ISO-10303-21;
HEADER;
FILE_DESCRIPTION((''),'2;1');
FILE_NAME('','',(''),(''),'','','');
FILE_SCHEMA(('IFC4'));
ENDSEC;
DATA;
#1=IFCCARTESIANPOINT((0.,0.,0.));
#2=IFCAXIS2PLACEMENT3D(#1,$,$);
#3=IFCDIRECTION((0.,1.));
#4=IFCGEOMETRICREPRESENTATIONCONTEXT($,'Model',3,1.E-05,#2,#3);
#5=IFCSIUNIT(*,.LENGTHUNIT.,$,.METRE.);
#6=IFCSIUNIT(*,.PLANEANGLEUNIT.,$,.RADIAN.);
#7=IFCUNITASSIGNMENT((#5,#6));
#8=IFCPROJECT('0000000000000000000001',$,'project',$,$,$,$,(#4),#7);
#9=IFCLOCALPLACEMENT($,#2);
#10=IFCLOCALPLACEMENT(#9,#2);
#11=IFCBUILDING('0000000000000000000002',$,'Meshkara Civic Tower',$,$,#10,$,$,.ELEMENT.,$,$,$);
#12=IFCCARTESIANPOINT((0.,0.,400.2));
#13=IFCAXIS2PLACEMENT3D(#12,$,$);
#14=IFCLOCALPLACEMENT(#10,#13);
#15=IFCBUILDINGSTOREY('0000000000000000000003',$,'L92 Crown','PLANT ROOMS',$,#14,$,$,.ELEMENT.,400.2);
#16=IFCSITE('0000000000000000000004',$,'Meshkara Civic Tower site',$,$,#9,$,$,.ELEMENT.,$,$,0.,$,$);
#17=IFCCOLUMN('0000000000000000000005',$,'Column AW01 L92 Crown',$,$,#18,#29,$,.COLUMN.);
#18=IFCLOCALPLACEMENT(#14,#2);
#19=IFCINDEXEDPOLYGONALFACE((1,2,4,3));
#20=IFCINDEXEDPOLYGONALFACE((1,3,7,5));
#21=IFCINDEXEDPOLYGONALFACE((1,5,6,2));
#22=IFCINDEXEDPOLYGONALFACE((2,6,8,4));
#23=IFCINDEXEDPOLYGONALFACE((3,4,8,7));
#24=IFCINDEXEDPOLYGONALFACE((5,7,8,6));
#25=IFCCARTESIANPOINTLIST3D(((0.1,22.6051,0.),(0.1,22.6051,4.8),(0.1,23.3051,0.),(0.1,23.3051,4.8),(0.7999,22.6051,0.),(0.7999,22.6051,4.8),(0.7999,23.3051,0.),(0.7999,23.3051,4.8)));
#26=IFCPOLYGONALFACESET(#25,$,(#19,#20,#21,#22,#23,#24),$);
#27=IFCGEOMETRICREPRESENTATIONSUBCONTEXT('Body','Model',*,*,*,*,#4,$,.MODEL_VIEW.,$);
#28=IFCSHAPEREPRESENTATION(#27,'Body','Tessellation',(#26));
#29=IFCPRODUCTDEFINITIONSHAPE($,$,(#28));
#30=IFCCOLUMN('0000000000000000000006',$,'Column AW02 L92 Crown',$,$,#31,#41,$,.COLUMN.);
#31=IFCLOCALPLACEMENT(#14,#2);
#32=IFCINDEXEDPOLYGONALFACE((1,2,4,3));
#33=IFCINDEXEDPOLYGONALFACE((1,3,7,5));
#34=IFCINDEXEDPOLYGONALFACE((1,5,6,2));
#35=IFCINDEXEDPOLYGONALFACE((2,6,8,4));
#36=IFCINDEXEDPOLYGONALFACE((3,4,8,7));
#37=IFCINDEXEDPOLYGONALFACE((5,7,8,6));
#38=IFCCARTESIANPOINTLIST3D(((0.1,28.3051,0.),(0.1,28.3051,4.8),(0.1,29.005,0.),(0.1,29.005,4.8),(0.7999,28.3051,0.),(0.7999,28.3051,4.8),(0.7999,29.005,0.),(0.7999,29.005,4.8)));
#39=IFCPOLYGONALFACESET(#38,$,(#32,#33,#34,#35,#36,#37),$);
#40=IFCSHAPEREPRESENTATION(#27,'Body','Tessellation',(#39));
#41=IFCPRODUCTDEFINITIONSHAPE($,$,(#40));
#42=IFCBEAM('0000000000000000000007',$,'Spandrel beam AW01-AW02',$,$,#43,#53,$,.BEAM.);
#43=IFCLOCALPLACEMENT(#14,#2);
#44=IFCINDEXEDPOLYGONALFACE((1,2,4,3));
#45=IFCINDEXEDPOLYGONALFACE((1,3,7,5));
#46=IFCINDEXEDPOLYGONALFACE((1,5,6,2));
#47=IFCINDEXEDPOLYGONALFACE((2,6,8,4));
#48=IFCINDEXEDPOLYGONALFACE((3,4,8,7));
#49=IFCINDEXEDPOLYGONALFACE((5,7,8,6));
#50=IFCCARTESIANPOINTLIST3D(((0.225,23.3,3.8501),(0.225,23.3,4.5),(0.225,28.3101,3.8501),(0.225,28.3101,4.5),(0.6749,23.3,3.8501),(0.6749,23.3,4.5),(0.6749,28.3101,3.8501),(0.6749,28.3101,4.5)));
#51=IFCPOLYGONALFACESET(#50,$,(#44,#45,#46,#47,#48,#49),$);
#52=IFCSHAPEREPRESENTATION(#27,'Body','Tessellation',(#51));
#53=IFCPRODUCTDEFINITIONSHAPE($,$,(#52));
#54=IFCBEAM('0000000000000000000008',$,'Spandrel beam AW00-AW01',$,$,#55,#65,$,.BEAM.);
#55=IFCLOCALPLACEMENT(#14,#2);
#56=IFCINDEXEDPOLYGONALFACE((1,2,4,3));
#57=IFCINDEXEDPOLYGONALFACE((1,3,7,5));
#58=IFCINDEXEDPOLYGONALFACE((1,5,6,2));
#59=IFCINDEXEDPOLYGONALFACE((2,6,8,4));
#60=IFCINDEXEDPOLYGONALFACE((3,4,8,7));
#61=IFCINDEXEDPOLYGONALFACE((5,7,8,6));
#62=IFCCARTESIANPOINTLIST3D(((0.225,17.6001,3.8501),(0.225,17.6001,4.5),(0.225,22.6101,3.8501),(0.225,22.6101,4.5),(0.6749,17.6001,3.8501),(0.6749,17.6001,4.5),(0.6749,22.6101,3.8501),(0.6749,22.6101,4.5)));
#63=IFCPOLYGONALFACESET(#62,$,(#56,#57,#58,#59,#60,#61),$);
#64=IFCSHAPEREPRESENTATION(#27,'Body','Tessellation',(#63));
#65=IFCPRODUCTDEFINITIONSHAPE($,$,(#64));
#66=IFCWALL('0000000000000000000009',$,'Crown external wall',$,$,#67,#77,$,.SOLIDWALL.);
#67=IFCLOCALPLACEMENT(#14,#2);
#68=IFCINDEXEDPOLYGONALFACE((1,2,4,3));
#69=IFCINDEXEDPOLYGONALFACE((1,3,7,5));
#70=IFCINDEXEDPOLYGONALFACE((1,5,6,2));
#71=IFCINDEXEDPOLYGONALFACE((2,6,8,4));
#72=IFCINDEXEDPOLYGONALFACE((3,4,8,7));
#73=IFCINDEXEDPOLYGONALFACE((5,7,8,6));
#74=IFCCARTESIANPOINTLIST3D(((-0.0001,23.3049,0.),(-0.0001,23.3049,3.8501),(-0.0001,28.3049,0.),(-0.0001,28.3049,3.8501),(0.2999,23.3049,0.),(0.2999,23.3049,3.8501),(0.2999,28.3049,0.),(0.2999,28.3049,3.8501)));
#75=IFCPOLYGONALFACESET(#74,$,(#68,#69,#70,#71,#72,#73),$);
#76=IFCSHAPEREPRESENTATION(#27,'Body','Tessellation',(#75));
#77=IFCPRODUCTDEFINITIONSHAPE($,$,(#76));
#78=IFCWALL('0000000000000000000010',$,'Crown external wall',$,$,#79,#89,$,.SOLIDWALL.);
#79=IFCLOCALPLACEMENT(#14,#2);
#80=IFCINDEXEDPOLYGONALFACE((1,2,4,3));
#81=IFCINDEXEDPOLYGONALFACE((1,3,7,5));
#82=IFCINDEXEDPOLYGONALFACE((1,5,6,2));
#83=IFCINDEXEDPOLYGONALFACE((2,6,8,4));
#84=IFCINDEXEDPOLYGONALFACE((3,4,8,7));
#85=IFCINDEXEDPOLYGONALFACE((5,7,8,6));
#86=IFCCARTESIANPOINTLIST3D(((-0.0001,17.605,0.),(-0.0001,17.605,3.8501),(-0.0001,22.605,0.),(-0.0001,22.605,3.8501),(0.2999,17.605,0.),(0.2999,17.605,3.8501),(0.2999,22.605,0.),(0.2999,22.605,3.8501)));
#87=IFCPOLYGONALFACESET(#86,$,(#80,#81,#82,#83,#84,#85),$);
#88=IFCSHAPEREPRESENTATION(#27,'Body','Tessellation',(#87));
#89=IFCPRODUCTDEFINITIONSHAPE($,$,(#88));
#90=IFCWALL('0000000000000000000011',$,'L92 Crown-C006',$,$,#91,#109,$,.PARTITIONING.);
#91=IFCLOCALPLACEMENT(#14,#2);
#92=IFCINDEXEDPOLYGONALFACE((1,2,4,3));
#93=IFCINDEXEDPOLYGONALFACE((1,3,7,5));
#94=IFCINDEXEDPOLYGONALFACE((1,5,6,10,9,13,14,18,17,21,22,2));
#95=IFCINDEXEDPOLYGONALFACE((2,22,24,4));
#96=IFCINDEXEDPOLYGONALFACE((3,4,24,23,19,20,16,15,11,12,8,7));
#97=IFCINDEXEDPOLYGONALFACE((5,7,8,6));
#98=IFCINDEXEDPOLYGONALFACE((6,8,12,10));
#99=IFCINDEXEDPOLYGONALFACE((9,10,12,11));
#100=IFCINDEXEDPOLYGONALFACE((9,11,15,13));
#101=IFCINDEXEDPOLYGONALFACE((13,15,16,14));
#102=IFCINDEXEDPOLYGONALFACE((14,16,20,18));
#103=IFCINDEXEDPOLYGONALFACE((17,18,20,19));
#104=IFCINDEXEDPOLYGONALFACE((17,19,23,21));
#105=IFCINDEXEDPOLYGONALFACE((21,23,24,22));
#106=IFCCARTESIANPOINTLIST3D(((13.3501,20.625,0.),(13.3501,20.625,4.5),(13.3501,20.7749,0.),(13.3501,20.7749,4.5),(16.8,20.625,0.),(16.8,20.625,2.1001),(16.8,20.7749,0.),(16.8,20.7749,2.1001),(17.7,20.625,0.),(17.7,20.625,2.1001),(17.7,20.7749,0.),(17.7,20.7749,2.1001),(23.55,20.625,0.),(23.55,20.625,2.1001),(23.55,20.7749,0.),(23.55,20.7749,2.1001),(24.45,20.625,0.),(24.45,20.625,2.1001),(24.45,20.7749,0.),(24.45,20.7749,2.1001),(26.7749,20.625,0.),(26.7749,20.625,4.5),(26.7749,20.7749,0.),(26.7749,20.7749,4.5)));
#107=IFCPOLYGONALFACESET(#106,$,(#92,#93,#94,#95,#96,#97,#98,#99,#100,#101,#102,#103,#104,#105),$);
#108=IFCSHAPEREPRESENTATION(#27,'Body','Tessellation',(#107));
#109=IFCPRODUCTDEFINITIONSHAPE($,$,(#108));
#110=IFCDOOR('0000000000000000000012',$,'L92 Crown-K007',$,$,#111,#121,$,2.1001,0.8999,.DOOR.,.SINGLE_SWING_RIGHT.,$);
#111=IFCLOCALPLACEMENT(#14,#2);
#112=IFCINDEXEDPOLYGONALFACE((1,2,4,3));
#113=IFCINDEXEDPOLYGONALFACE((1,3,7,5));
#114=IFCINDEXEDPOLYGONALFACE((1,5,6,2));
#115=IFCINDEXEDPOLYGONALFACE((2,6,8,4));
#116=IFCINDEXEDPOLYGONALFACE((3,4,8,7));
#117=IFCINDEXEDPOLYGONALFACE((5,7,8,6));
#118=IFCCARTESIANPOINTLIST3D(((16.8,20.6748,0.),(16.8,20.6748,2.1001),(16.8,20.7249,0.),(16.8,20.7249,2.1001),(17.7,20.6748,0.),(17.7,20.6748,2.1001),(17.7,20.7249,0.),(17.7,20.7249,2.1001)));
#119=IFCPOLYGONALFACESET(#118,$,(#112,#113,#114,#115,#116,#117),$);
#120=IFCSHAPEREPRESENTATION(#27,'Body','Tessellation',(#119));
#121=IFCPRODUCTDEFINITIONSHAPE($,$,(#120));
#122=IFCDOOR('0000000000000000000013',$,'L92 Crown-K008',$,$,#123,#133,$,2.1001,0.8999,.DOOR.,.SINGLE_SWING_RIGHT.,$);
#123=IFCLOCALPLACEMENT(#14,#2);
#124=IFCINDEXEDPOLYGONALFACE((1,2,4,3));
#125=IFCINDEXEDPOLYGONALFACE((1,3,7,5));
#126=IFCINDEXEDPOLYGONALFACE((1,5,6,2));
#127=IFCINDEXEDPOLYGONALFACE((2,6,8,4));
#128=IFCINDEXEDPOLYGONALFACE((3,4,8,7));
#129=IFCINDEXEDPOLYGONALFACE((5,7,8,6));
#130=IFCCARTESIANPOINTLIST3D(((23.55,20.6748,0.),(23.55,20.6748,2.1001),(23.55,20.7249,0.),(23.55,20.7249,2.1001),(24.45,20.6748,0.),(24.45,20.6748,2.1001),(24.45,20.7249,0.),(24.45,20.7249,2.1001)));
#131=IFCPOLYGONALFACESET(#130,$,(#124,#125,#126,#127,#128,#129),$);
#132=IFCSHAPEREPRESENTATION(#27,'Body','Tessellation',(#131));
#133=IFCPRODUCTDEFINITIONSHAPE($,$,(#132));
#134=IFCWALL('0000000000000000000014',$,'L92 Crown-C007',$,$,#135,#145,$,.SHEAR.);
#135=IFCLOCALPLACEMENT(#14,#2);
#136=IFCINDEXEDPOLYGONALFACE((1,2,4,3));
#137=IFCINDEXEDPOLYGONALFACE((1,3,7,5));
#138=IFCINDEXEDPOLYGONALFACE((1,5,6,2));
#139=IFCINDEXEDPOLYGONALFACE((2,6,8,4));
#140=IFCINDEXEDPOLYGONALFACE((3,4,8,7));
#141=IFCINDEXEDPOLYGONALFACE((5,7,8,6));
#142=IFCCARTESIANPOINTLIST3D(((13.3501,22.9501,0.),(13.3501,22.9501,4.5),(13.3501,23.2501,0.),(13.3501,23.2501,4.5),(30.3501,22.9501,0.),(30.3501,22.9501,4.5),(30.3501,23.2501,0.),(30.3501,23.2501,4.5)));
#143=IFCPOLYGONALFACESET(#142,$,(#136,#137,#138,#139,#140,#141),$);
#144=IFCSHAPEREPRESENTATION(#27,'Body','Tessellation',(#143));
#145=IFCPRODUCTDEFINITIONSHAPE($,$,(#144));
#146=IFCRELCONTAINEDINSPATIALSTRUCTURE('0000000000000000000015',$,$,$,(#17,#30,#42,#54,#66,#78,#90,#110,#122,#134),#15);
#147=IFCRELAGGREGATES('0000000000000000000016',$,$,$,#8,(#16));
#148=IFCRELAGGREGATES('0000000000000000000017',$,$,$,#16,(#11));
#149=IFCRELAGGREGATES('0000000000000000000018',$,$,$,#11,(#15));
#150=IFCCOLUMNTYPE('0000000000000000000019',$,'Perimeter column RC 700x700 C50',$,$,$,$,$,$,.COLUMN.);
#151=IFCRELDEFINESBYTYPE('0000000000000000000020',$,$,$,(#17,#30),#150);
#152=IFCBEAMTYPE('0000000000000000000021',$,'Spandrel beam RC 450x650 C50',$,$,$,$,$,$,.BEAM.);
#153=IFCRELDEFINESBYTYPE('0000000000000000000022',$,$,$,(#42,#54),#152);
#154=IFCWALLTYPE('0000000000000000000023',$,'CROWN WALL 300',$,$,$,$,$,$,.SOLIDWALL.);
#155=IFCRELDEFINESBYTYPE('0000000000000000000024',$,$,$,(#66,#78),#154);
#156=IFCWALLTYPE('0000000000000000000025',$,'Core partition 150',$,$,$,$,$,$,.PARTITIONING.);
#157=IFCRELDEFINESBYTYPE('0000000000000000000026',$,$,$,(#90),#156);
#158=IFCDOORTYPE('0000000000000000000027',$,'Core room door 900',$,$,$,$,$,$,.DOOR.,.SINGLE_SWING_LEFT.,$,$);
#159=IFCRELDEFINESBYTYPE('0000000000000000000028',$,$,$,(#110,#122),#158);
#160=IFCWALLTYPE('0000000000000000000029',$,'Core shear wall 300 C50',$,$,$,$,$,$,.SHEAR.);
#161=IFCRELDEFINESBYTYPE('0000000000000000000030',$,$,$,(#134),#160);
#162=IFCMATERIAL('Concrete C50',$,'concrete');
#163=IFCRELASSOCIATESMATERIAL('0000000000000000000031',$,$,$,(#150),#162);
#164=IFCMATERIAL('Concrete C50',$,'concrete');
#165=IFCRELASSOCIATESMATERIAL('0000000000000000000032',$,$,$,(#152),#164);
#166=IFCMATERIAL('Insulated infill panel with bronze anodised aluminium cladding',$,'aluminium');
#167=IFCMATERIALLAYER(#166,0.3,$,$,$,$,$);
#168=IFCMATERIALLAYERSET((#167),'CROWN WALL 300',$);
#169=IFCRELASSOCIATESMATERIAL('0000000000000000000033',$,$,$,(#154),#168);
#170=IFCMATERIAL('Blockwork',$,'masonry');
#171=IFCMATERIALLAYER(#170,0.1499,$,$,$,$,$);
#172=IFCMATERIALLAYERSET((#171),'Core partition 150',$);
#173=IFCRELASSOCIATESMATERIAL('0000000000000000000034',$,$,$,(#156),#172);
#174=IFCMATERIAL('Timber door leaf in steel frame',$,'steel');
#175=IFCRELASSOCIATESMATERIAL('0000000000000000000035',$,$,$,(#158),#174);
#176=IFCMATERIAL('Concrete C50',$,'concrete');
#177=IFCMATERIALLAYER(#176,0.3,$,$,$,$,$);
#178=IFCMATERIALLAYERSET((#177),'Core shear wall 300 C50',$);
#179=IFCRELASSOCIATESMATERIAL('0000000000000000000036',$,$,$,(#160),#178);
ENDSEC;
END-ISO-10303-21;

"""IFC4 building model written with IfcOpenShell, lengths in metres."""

from ifc_helpers import new_model, si_unit, direction, frame, frame_2d, origin, origin_2d, place, context, subcontext, project, spatial, rectangle, extrude, material, layer, layer_set, material_profile, profile_set, type_object, element, fill, save


model = new_model("IFC4")

# Units and contexts
model_context = context("Model", 3, precision=1e-05, world=origin(), true_north=direction((0.0, 1.0)))
body_context = subcontext(model_context, "Body", "Model", "MODEL_VIEW")
ifc_project = project(units=[si_unit("LENGTHUNIT", "METRE"), si_unit("PLANEANGLEUNIT", "RADIAN")], contexts=[model_context])

# Site, building, storey
site_placement = place(None, origin())
site = spatial("IfcSite", under=ifc_project, at=site_placement, Name="Meshkara Civic Tower site", CompositionType="ELEMENT", RefElevation=0.0)
building_placement = place(site_placement, origin())
building = spatial("IfcBuilding", under=site, at=building_placement, Name="Meshkara Civic Tower", CompositionType="ELEMENT")
storey_placement = place(building_placement, frame((0.0, 0.0, 400.2)))
storey = spatial("IfcBuildingStorey", under=building, at=storey_placement, Name="L92 Crown", Description="PLANT ROOMS", CompositionType="ELEMENT", Elevation=400.2)

# Columns
ifc_material_1 = material(Name="Concrete C50", Category="concrete")
ifc_material_profile_1 = material_profile(ifc_material_1, rectangle(XDim=0.7, YDim=0.7, at=origin_2d()))
ifc_profile_set_1 = profile_set([ifc_material_profile_1], Name="Concrete C50")
column_type = type_object("IfcColumnType", Name="Perimeter column RC 700x700 C50", PredefinedType="COLUMN", material=ifc_profile_set_1)
for number, where, z_axis, x_axis, name in (
    (1, (0.45, 22.9551, 0.0), (0.0, 0.0, 1.0), (1.0, 0.0, 0.0), "Column AW01 L92 Crown"),
    (2, (0.45, 28.655, 0.0), (0.0, 0.0, 1.0), (1.0, 0.0, 0.0), "Column AW02 L92 Crown"),
):
    element("IfcColumn", number, at=place(storey_placement, frame(where, z_axis=z_axis, x_axis=x_axis)), inside=storey, type_object=column_type, Name=name, PredefinedType="COLUMN", context=body_context, shape_type="SweptSolid", body=[
        extrude(rectangle(XDim=0.7, YDim=0.7, at=origin_2d()), origin(), (0.0, 0.0, 1.0), 4.8),
    ])

# Beams
ifc_material_2 = material(Name="Concrete C50", Category="concrete")
ifc_material_profile_2 = material_profile(ifc_material_2, rectangle(XDim=0.45, YDim=0.6499, at=origin_2d()))
ifc_profile_set_2 = profile_set([ifc_material_profile_2], Name="Concrete C50")
beam_type = type_object("IfcBeamType", Name="Spandrel beam RC 450x650 C50", PredefinedType="BEAM", material=ifc_profile_set_2)
for number, where, z_axis, x_axis, name in (
    (3, (0.45, 28.3101, 4.175), (0.0, -1.0, 0.0), (1.0, 0.0, 0.0), "Spandrel beam AW01-AW02"),
    (4, (0.45, 22.6101, 4.175), (0.0, -1.0, 0.0), (1.0, 0.0, 0.0), "Spandrel beam AW00-AW01"),
):
    element("IfcBeam", number, at=place(storey_placement, frame(where, z_axis=z_axis, x_axis=x_axis)), inside=storey, type_object=beam_type, Name=name, PredefinedType="BEAM", context=body_context, shape_type="SweptSolid", body=[
        extrude(rectangle(XDim=0.45, YDim=0.6499, at=origin_2d()), origin(), (0.0, 0.0, 1.0), 5.01),
    ])

# Walls
ifc_material_3 = material(Name="Insulated infill panel with bronze anodised aluminium cladding", Category="aluminium")
ifc_layer_1 = layer(ifc_material_3, 0.3)
ifc_layer_set_1 = layer_set([ifc_layer_1], Name="CROWN WALL 300")
wall_type_1 = type_object("IfcWallType", Name="CROWN WALL 300", PredefinedType="SOLIDWALL", material=ifc_layer_set_1)
for number, where, z_axis, x_axis, name in (
    (5, (0.1499, 28.3049, 0.0), (0.0, 0.0, 1.0), (0.0, -1.0, 0.0), "Crown external wall"),
    (6, (0.1499, 22.605, 0.0), (0.0, 0.0, 1.0), (0.0, -1.0, 0.0), "Crown external wall"),
):
    element("IfcWall", number, at=place(storey_placement, frame(where, z_axis=z_axis, x_axis=x_axis)), inside=storey, type_object=wall_type_1, Name=name, PredefinedType="SOLIDWALL", context=body_context, shape_type="SweptSolid", body=[
        extrude(rectangle(XDim=5.0, YDim=0.3, at=frame_2d((2.5, 0.0))), origin(), (0.0, 0.0, 1.0), 3.8501),
    ])

# Wall, openings, doors
ifc_material_4 = material(Name="Blockwork", Category="masonry")
ifc_layer_2 = layer(ifc_material_4, 0.1499)
ifc_layer_set_2 = layer_set([ifc_layer_2], Name="Core partition 150")
wall_type_2 = type_object("IfcWallType", Name="Core partition 150", PredefinedType="PARTITIONING", material=ifc_layer_set_2)
wall_1_placement = place(storey_placement, frame((13.3501, 20.7, 0.0), z_axis=(0.0, 0.0, 1.0), x_axis=(1.0, 0.0, 0.0)))
wall_1 = element("IfcWall", 7, at=wall_1_placement, inside=storey, type_object=wall_type_2, Name="L92 Crown-C006", PredefinedType="PARTITIONING", context=body_context, shape_type="SweptSolid", body=[
    extrude(rectangle(XDim=13.4248, YDim=0.1499, at=frame_2d((6.7124, 0.0))), origin(), (0.0, 0.0, 1.0), 4.5),
])
opening_1_placement = place(wall_1_placement, frame((3.45, 0.0, 0.0)))
opening_1 = element("IfcOpeningElement", 8, at=opening_1_placement, cuts=wall_1, PredefinedType="OPENING", context=body_context, shape_type="SweptSolid", body=[
    extrude(rectangle(XDim=0.8999, YDim=2.1001, at=frame_2d((0.45, 1.05))), frame((0.0, 0.085, 0.0), z_axis=(0.0, -1.0, 0.0), x_axis=(1.0, 0.0, 0.0)), (0.0, 0.0, 1.0), 0.1699),
])
opening_2_placement = place(wall_1_placement, frame((10.2, 0.0, 0.0)))
opening_2 = element("IfcOpeningElement", 9, at=opening_2_placement, cuts=wall_1, PredefinedType="OPENING", context=body_context, shape_type="SweptSolid", body=[
    extrude(rectangle(XDim=0.8999, YDim=2.1001, at=frame_2d((0.45, 1.05))), frame((0.0, 0.085, 0.0), z_axis=(0.0, -1.0, 0.0), x_axis=(1.0, 0.0, 0.0)), (0.0, 0.0, 1.0), 0.1699),
])
ifc_material_5 = material(Name="Timber door leaf in steel frame", Category="steel")
door_type_1 = type_object("IfcDoorType", Name="Core room door 900", OperationType="SINGLE_SWING_LEFT", PredefinedType="DOOR", material=ifc_material_5)
door_1_placement = place(opening_1_placement, origin())
door_1 = element("IfcDoor", 10, at=door_1_placement, inside=storey, type_object=door_type_1, Name="L92 Crown-K007", OperationType="SINGLE_SWING_RIGHT", OverallHeight=2.1001, OverallWidth=0.8999, PredefinedType="DOOR", context=body_context, shape_type="SweptSolid", body=[
    extrude(rectangle(XDim=0.8999, YDim=2.1001, at=frame_2d((0.45, 1.05))), frame((0.0, 0.0249, 0.0), z_axis=(0.0, -1.0, 0.0), x_axis=(1.0, 0.0, 0.0)), (0.0, 0.0, 1.0), 0.05),
])
fill(opening_1, door_1)
door_2_placement = place(opening_2_placement, origin())
door_2 = element("IfcDoor", 11, at=door_2_placement, inside=storey, type_object=door_type_1, Name="L92 Crown-K008", OperationType="SINGLE_SWING_RIGHT", OverallHeight=2.1001, OverallWidth=0.8999, PredefinedType="DOOR", context=body_context, shape_type="SweptSolid", body=[
    extrude(rectangle(XDim=0.8999, YDim=2.1001, at=frame_2d((0.45, 1.05))), frame((0.0, 0.0249, 0.0), z_axis=(0.0, -1.0, 0.0), x_axis=(1.0, 0.0, 0.0)), (0.0, 0.0, 1.0), 0.05),
])
fill(opening_2, door_2)

# Wall
ifc_material_6 = material(Name="Concrete C50", Category="concrete")
ifc_layer_3 = layer(ifc_material_6, 0.3)
ifc_layer_set_3 = layer_set([ifc_layer_3], Name="Core shear wall 300 C50")
wall_type_3 = type_object("IfcWallType", Name="Core shear wall 300 C50", PredefinedType="SHEAR", material=ifc_layer_set_3)
wall_2_placement = place(storey_placement, frame((13.3501, 23.1001, 0.0), z_axis=(0.0, 0.0, 1.0), x_axis=(1.0, 0.0, 0.0)))
element("IfcWall", 12, at=wall_2_placement, inside=storey, type_object=wall_type_3, Name="L92 Crown-C007", PredefinedType="SHEAR", context=body_context, shape_type="SweptSolid", body=[
    extrude(rectangle(XDim=17.0, YDim=0.3, at=frame_2d((8.5, 0.0))), origin(), (0.0, 0.0, 1.0), 4.5),
])

save(model, "model.ifc")
